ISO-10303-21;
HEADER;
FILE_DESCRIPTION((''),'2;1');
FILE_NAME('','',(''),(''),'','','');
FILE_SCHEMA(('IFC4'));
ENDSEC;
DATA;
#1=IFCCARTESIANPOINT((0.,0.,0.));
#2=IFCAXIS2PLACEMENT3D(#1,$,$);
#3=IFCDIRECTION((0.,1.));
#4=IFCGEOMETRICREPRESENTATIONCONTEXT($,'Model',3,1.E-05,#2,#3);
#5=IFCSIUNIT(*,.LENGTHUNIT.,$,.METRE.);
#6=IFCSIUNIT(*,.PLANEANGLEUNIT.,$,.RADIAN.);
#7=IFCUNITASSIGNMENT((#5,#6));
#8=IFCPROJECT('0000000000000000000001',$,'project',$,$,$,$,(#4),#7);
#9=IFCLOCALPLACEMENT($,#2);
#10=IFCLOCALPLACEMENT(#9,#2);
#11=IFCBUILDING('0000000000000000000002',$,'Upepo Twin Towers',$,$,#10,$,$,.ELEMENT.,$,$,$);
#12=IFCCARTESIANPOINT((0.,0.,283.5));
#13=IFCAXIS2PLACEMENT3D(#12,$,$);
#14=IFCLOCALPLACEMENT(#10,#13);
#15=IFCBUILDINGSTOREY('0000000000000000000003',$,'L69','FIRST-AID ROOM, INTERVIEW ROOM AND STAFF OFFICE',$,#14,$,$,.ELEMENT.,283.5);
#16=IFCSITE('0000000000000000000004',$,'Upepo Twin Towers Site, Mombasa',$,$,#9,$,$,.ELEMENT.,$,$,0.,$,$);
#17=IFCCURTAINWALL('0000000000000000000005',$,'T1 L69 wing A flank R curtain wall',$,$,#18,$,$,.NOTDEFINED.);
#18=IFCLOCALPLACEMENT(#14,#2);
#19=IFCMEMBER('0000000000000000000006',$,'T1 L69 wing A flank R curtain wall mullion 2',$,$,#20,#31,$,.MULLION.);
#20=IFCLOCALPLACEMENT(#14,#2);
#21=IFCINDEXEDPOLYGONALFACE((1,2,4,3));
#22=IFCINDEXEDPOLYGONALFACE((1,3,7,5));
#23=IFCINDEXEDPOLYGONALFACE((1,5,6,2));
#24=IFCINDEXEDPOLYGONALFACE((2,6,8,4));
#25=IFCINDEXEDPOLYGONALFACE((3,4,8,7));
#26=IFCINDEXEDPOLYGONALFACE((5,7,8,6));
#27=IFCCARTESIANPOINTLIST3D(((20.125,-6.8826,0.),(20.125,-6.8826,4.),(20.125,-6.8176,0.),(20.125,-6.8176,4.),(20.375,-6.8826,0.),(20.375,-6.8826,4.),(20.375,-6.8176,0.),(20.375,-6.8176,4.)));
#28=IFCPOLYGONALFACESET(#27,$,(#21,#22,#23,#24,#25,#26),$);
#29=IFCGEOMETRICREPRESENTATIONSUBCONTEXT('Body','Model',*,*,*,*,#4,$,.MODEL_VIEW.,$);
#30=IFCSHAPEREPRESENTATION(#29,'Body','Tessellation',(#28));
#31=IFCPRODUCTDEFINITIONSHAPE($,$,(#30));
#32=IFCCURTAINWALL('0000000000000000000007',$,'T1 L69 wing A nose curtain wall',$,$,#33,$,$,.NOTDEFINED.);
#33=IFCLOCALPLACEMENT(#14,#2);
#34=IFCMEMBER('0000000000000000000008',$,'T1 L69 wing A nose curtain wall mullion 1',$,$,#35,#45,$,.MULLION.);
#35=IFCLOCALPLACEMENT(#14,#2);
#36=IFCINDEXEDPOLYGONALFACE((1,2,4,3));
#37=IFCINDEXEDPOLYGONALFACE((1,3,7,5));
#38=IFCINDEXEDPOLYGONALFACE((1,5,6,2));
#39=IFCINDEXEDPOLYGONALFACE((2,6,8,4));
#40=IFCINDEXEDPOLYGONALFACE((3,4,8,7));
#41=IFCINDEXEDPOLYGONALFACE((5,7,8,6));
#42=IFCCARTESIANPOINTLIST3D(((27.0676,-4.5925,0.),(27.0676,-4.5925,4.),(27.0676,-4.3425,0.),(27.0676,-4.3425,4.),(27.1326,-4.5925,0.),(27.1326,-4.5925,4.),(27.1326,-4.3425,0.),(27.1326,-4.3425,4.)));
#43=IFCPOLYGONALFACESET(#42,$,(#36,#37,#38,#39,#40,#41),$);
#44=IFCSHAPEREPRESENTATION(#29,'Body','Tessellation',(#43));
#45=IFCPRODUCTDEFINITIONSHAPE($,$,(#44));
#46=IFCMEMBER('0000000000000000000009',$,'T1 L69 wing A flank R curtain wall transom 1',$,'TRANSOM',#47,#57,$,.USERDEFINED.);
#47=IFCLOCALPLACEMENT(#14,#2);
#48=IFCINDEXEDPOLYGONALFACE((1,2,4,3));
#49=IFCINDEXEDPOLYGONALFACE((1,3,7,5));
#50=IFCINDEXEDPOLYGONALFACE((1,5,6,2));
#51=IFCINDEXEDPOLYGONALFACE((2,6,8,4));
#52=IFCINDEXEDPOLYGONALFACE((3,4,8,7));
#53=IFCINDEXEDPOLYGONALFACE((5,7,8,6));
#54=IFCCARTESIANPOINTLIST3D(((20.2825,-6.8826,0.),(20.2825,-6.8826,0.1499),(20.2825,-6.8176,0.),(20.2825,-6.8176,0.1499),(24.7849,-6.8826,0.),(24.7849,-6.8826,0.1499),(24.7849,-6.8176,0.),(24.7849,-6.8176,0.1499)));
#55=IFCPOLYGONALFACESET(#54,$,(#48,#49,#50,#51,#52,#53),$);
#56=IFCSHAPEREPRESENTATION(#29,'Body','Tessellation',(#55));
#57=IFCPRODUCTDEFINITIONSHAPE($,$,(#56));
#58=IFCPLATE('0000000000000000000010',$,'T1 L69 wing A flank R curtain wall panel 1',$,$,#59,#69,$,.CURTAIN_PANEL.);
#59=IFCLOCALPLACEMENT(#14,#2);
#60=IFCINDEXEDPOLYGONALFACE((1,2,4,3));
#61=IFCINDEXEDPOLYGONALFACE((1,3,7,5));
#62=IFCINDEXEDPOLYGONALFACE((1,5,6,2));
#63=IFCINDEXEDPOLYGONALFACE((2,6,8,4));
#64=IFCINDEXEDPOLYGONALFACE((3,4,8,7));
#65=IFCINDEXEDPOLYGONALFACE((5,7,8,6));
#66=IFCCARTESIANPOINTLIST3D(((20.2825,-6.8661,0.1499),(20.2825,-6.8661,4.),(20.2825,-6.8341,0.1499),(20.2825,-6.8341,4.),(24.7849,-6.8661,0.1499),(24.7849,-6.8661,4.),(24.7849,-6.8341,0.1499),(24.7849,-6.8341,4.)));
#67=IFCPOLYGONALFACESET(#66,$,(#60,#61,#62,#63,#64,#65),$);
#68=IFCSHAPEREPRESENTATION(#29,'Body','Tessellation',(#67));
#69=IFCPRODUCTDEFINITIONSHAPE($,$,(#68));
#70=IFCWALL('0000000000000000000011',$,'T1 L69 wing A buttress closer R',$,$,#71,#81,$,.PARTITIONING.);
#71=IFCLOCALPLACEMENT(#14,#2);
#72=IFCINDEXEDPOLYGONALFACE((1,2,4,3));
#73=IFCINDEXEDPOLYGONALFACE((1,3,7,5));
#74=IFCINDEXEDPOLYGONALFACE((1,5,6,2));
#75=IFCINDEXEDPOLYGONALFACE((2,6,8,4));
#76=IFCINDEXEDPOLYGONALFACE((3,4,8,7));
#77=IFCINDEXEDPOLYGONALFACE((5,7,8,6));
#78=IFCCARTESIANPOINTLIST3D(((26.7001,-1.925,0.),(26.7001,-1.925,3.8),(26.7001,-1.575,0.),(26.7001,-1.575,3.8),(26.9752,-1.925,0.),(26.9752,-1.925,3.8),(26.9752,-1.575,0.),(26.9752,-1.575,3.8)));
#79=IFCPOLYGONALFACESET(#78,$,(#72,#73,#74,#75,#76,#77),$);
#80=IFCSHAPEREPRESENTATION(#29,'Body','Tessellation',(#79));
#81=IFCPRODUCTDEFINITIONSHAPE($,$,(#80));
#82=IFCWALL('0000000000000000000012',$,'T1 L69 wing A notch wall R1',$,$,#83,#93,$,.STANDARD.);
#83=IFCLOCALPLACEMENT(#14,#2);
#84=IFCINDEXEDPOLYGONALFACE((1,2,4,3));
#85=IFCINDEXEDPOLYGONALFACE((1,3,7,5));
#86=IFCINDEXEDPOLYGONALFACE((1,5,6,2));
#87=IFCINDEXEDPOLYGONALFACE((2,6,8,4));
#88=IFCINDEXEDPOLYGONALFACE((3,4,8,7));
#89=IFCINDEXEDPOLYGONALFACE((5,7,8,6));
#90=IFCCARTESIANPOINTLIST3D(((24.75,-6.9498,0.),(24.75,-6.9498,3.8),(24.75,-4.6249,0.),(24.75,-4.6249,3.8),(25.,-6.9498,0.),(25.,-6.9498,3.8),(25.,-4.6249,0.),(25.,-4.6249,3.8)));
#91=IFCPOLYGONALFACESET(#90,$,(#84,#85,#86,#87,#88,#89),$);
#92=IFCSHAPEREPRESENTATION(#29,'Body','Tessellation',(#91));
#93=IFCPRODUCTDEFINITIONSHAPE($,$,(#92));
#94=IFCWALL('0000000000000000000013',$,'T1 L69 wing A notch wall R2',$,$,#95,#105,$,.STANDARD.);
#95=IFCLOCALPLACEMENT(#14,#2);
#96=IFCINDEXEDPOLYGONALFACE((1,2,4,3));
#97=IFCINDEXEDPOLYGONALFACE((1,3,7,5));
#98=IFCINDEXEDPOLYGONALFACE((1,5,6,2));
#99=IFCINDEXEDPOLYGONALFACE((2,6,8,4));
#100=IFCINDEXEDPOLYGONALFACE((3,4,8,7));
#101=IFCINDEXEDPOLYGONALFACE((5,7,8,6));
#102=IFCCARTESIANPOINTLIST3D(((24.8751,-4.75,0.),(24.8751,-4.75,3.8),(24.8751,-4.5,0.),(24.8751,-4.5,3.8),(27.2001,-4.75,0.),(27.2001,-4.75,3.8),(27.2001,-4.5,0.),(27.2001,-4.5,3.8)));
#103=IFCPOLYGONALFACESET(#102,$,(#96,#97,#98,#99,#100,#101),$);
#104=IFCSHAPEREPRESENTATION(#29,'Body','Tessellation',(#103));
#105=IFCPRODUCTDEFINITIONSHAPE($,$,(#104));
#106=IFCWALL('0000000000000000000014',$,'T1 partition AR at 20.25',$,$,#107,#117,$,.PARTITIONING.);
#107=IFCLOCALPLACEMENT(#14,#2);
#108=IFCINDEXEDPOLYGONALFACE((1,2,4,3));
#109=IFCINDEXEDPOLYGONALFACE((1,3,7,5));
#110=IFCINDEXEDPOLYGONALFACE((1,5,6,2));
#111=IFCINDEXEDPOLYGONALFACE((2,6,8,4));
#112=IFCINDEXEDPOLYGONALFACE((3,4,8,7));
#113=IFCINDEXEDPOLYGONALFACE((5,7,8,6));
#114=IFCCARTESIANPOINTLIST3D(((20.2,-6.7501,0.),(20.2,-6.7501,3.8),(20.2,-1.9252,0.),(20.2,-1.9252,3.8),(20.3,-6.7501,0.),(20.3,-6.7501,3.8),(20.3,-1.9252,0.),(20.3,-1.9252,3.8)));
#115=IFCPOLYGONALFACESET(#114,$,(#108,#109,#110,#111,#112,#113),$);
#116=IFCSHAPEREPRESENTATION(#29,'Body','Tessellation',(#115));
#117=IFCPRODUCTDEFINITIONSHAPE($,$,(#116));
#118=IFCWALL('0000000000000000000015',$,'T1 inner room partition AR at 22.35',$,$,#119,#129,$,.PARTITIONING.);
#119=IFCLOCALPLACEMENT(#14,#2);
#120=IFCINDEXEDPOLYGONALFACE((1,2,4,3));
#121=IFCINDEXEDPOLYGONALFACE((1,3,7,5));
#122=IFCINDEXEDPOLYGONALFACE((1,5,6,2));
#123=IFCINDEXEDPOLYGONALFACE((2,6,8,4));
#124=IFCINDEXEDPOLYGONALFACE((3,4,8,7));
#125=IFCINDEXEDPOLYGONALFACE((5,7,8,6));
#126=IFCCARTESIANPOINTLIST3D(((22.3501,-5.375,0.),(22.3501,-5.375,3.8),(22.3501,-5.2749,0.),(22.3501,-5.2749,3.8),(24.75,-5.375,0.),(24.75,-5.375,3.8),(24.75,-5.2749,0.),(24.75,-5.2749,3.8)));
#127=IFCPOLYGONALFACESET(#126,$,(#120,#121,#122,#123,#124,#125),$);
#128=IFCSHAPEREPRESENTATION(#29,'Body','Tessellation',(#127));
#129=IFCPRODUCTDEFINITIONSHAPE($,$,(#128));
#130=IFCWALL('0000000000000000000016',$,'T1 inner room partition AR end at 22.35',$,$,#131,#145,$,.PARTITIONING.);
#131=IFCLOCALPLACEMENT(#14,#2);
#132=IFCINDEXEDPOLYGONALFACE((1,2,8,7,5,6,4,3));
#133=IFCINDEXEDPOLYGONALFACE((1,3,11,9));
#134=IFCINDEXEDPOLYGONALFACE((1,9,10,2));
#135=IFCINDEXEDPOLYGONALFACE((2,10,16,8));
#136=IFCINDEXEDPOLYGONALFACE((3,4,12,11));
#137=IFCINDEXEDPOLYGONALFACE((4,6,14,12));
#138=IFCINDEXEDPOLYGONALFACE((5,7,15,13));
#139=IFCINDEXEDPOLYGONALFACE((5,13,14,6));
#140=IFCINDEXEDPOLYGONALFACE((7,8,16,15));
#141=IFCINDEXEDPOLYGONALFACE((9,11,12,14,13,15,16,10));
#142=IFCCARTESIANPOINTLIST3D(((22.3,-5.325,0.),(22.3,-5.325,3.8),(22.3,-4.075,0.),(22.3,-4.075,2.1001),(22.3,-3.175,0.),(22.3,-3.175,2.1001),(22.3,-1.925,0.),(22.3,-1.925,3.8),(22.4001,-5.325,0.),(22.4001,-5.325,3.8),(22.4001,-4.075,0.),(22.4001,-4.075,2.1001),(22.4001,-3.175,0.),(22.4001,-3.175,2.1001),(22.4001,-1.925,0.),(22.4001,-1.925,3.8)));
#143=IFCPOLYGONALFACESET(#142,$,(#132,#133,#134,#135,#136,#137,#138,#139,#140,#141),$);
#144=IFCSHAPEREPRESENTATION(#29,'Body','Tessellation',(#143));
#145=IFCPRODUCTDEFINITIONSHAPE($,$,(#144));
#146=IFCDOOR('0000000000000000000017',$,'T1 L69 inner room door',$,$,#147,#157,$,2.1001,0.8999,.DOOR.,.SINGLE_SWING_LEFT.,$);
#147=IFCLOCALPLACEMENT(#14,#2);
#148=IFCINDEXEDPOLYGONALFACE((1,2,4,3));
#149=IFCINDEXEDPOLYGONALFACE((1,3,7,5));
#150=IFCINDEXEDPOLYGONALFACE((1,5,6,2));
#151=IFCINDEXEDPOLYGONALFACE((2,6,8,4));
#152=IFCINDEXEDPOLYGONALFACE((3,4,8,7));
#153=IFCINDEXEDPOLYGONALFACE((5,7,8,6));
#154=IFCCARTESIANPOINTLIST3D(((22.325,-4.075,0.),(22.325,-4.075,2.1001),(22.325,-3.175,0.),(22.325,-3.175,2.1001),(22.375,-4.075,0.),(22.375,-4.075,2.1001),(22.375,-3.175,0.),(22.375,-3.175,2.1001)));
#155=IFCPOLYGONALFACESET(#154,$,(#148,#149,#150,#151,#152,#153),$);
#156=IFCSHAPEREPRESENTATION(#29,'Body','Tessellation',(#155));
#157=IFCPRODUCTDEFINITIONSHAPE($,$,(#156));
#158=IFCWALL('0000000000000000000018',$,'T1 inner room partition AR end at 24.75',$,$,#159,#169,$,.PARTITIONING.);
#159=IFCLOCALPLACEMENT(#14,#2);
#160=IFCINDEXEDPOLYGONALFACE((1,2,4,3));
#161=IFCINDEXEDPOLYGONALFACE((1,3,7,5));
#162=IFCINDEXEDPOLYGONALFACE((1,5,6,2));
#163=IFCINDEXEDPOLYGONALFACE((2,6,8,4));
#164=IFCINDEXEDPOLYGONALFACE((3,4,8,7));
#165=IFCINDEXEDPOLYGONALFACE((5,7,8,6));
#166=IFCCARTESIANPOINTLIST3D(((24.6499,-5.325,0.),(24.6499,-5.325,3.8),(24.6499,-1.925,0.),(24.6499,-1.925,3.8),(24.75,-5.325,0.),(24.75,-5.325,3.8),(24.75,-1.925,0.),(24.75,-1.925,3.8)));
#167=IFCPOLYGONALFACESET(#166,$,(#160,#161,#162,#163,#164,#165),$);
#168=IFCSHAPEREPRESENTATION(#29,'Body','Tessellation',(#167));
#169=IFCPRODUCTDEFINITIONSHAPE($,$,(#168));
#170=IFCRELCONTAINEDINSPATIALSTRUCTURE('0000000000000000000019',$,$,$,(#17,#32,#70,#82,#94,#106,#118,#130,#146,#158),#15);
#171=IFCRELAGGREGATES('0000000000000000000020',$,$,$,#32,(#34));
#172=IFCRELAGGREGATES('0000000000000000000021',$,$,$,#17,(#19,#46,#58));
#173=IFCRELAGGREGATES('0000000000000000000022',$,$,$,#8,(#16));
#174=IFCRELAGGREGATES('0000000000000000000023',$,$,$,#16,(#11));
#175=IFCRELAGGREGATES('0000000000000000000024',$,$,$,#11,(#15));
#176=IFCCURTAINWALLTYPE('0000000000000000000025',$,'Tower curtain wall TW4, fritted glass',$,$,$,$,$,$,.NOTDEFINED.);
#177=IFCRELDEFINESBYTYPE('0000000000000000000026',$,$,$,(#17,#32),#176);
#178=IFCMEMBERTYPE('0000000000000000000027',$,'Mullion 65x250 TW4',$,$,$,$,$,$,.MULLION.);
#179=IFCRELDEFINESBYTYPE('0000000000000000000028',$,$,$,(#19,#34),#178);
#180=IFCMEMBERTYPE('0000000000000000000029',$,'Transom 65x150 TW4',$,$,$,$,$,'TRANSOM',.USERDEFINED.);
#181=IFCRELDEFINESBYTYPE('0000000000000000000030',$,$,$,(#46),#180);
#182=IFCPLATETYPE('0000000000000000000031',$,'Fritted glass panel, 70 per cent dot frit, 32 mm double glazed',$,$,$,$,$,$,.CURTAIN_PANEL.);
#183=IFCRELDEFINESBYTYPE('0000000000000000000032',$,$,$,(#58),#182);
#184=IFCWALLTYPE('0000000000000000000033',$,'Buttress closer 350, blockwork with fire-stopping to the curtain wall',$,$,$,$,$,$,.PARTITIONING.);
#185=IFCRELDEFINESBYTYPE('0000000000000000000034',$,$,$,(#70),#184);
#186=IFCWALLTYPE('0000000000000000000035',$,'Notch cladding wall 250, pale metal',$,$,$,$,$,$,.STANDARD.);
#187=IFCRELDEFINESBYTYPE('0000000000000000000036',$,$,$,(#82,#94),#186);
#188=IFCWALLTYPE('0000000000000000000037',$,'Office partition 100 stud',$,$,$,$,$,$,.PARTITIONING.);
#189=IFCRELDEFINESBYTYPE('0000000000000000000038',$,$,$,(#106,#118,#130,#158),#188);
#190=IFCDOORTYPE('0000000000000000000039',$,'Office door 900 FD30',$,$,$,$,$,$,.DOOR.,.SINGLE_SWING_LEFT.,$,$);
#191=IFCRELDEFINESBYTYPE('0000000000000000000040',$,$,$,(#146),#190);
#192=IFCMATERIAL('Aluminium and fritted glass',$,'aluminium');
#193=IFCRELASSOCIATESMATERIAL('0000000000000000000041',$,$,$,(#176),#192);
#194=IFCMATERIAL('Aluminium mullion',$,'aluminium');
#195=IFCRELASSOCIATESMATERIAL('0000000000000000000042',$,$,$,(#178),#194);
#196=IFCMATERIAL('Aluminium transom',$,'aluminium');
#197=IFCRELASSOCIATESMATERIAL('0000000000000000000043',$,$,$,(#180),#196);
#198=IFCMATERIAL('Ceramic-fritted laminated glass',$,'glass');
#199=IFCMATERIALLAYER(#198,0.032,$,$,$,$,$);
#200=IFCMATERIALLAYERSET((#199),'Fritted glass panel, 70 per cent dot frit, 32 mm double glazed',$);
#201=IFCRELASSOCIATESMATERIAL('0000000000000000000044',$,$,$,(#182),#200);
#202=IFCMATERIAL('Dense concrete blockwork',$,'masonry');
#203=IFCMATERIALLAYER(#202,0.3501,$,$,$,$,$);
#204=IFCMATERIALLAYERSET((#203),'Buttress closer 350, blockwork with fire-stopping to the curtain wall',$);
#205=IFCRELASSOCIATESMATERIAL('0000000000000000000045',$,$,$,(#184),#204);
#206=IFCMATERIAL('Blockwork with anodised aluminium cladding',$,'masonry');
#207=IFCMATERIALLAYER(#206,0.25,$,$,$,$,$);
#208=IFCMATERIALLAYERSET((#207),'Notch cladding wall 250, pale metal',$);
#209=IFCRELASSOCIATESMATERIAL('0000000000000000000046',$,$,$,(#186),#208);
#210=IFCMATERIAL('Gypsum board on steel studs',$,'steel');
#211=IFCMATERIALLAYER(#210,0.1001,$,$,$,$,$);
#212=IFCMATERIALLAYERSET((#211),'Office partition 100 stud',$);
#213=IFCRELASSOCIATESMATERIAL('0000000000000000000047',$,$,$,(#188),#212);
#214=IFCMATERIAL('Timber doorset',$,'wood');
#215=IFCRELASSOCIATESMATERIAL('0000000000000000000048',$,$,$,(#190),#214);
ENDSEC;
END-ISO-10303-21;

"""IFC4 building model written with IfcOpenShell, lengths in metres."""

from ifc_helpers import new_model, si_unit, direction, frame, frame_2d, origin, origin_2d, place, context, subcontext, project, spatial, rectangle, extrude, material, layer, layer_set, material_profile, profile_set, type_object, element, fill, aggregate, save


model = new_model("IFC4")

# Units and contexts
model_context = context("Model", 3, precision=1e-05, world=origin(), true_north=direction((0.0, 1.0)))
body_context = subcontext(model_context, "Body", "Model", "MODEL_VIEW")
ifc_project = project(units=[si_unit("LENGTHUNIT", "METRE"), si_unit("PLANEANGLEUNIT", "RADIAN")], contexts=[model_context])

# Site, building, storey
site_placement = place(None, origin())
site = spatial("IfcSite", under=ifc_project, at=site_placement, Name="Upepo Twin Towers Site, Mombasa", CompositionType="ELEMENT", RefElevation=0.0)
building_placement = place(site_placement, origin())
building = spatial("IfcBuilding", under=site, at=building_placement, Name="Upepo Twin Towers", CompositionType="ELEMENT")
storey_placement = place(building_placement, frame((0.0, 0.0, 283.5)))
storey = spatial("IfcBuildingStorey", under=building, at=storey_placement, Name="L69", Description="FIRST-AID ROOM, INTERVIEW ROOM AND STAFF OFFICE", CompositionType="ELEMENT", Elevation=283.5)

# Curtain wall, member
ifc_material_1 = material(Name="Aluminium and fritted glass", Category="aluminium")
curtain_wall_type = type_object("IfcCurtainWallType", Name="Tower curtain wall TW4, fritted glass", PredefinedType="NOTDEFINED", material=ifc_material_1)
curtain_wall_1_placement = place(storey_placement, origin())
curtain_wall_1 = element("IfcCurtainWall", 1, at=curtain_wall_1_placement, inside=storey, type_object=curtain_wall_type, Name="T1 L69 wing A flank R curtain wall", PredefinedType="NOTDEFINED")
ifc_material_2 = material(Name="Aluminium mullion", Category="aluminium")
ifc_material_profile_1 = material_profile(ifc_material_2, rectangle(XDim=0.0649, YDim=0.25, at=origin_2d()), Name="MULLION 65x250")
ifc_profile_set_1 = profile_set([ifc_material_profile_1], Name="Aluminium mullion")
member_type_1 = type_object("IfcMemberType", Name="Mullion 65x250 TW4", PredefinedType="MULLION", material=ifc_profile_set_1)
member_1_placement = place(storey_placement, frame((20.25, -6.8501, 0.0), z_axis=(0.0, 0.0, 1.0), x_axis=(0.0, -1.0, 0.0)))
member_1 = element("IfcMember", 2, at=member_1_placement, type_object=member_type_1, Name="T1 L69 wing A flank R curtain wall mullion 2", PredefinedType="MULLION", context=body_context, shape_type="SweptSolid", body=[
    extrude(rectangle(XDim=0.0649, YDim=0.25, at=origin_2d()), origin(), (0.0, 0.0, 1.0), 4.0),
])

# Curtain wall, member
curtain_wall_2_placement = place(storey_placement, origin())
curtain_wall_2 = element("IfcCurtainWall", 3, at=curtain_wall_2_placement, inside=storey, type_object=curtain_wall_type, Name="T1 L69 wing A nose curtain wall", PredefinedType="NOTDEFINED")
member_2_placement = place(storey_placement, frame((27.1001, -4.4675, 0.0), z_axis=(0.0, 0.0, 1.0), x_axis=(-1.0, 0.0, 0.0)))
member_2 = element("IfcMember", 4, at=member_2_placement, type_object=member_type_1, Name="T1 L69 wing A nose curtain wall mullion 1", PredefinedType="MULLION", context=body_context, shape_type="SweptSolid", body=[
    extrude(rectangle(XDim=0.0649, YDim=0.25, at=origin_2d()), origin(), (0.0, 0.0, 1.0), 4.0),
])
aggregate(curtain_wall_2, [member_2])

# Member
ifc_material_3 = material(Name="Aluminium transom", Category="aluminium")
ifc_material_profile_2 = material_profile(ifc_material_3, rectangle(XDim=0.0649, YDim=0.1499, at=origin_2d()), Name="TRANSOM 65x150")
ifc_profile_set_2 = profile_set([ifc_material_profile_2], Name="Aluminium transom")
member_type_2 = type_object("IfcMemberType", Name="Transom 65x150 TW4", ElementType="TRANSOM", PredefinedType="USERDEFINED", material=ifc_profile_set_2)
member_3_placement = place(storey_placement, frame((24.7849, -6.8501, 0.075), z_axis=(-1.0, 0.0, 0.0), x_axis=(0.0, -1.0, 0.0)))
member_3 = element("IfcMember", 5, at=member_3_placement, type_object=member_type_2, Name="T1 L69 wing A flank R curtain wall transom 1", ObjectType="TRANSOM", PredefinedType="USERDEFINED", context=body_context, shape_type="SweptSolid", body=[
    extrude(rectangle(XDim=0.0649, YDim=0.1499, at=origin_2d()), origin(), (0.0, 0.0, 1.0), 4.5024),
])

# Plate
ifc_material_4 = material(Name="Ceramic-fritted laminated glass", Category="glass")
ifc_layer_1 = layer(ifc_material_4, 0.032)
ifc_layer_set_1 = layer_set([ifc_layer_1], Name="Fritted glass panel, 70 per cent dot frit, 32 mm double glazed")
plate_type = type_object("IfcPlateType", Name="Fritted glass panel, 70 per cent dot frit, 32 mm double glazed", PredefinedType="CURTAIN_PANEL", material=ifc_layer_set_1)
plate_placement = place(storey_placement, frame((22.5337, -6.8501, 0.1499), z_axis=(0.0, 0.0, 1.0), x_axis=(-1.0, 0.0, 0.0)))
plate = element("IfcPlate", 6, at=plate_placement, type_object=plate_type, Name="T1 L69 wing A flank R curtain wall panel 1", PredefinedType="CURTAIN_PANEL", context=body_context, shape_type="SweptSolid", body=[
    extrude(rectangle(XDim=4.5024, YDim=0.032, at=origin_2d()), origin(), (0.0, 0.0, 1.0), 3.8501),
])
aggregate(curtain_wall_1, [member_1, member_3, plate])

# Walls
ifc_material_5 = material(Name="Dense concrete blockwork", Category="masonry")
ifc_layer_2 = layer(ifc_material_5, 0.3501)
ifc_layer_set_2 = layer_set([ifc_layer_2], Name="Buttress closer 350, blockwork with fire-stopping to the curtain wall")
wall_type_1 = type_object("IfcWallType", Name="Buttress closer 350, blockwork with fire-stopping to the curtain wall", PredefinedType="PARTITIONING", material=ifc_layer_set_2)
wall_1_placement = place(storey_placement, frame((26.7, -1.75, 0.0), z_axis=(0.0, 0.0, 1.0), x_axis=(1.0, 0.0, 0.0)))
element("IfcWall", 7, at=wall_1_placement, inside=storey, type_object=wall_type_1, Name="T1 L69 wing A buttress closer R", PredefinedType="PARTITIONING", context=body_context, shape_type="SweptSolid", body=[
    extrude(rectangle(XDim=0.2751, YDim=0.3501, at=frame_2d((0.1377, 0.0))), origin(), (0.0, 0.0, 1.0), 3.8),
])
ifc_material_6 = material(Name="Blockwork with anodised aluminium cladding", Category="masonry")
ifc_layer_3 = layer(ifc_material_6, 0.25)
ifc_layer_set_3 = layer_set([ifc_layer_3], Name="Notch cladding wall 250, pale metal")
wall_type_2 = type_object("IfcWallType", Name="Notch cladding wall 250, pale metal", PredefinedType="STANDARD", material=ifc_layer_set_3)
for number, where, z_axis, x_axis, name in (
    (8, (24.875, -6.95, 0.0), (0.0, 0.0, 1.0), (0.0, 1.0, 0.0), "T1 L69 wing A notch wall R1"),
    (9, (24.875, -4.625, 0.0), (0.0, 0.0, 1.0), (1.0, 0.0, 0.0), "T1 L69 wing A notch wall R2"),
):
    element("IfcWall", number, at=place(storey_placement, frame(where, z_axis=z_axis, x_axis=x_axis)), inside=storey, type_object=wall_type_2, Name=name, PredefinedType="STANDARD", context=body_context, shape_type="SweptSolid", body=[
        extrude(rectangle(XDim=2.325, YDim=0.25, at=frame_2d((1.1626, 0.0))), origin(), (0.0, 0.0, 1.0), 3.8),
    ])
ifc_material_7 = material(Name="Gypsum board on steel studs", Category="steel")
ifc_layer_4 = layer(ifc_material_7, 0.1001)
ifc_layer_set_4 = layer_set([ifc_layer_4], Name="Office partition 100 stud")
wall_type_3 = type_object("IfcWallType", Name="Office partition 100 stud", PredefinedType="PARTITIONING", material=ifc_layer_set_4)
wall_2_placement = place(storey_placement, frame((20.25, -1.925, 0.0), z_axis=(0.0, 0.0, 1.0), x_axis=(0.0, -1.0, 0.0)))
element("IfcWall", 10, at=wall_2_placement, inside=storey, type_object=wall_type_3, Name="T1 partition AR at 20.25", PredefinedType="PARTITIONING", context=body_context, shape_type="SweptSolid", body=[
    extrude(rectangle(XDim=4.825, YDim=0.1001, at=frame_2d((2.4126, 0.0))), origin(), (0.0, 0.0, 1.0), 3.8),
])
wall_3_placement = place(storey_placement, frame((22.3501, -5.325, 0.0), z_axis=(0.0, 0.0, 1.0), x_axis=(1.0, 0.0, 0.0)))
element("IfcWall", 11, at=wall_3_placement, inside=storey, type_object=wall_type_3, Name="T1 inner room partition AR at 22.35", PredefinedType="PARTITIONING", context=body_context, shape_type="SweptSolid", body=[
    extrude(rectangle(XDim=2.3999, YDim=0.1001, at=frame_2d((1.2, 0.0))), origin(), (0.0, 0.0, 1.0), 3.8),
])

# Wall, opening, door
wall_4_placement = place(storey_placement, frame((22.3501, -1.925, 0.0), z_axis=(0.0, 0.0, 1.0), x_axis=(0.0, -1.0, 0.0)))
wall_4 = element("IfcWall", 12, at=wall_4_placement, inside=storey, type_object=wall_type_3, Name="T1 inner room partition AR end at 22.35", PredefinedType="PARTITIONING", context=body_context, shape_type="SweptSolid", body=[
    extrude(rectangle(XDim=3.3999, YDim=0.1001, at=frame_2d((1.7, 0.0))), origin(), (0.0, 0.0, 1.0), 3.8),
])
opening_placement = place(wall_4_placement, frame((1.25, 0.0, 0.0)))
opening = element("IfcOpeningElement", 13, at=opening_placement, cuts=wall_4, PredefinedType="OPENING", context=body_context, shape_type="SweptSolid", body=[
    extrude(rectangle(XDim=0.8999, YDim=2.1001, at=frame_2d((0.45, 1.05))), frame((0.0, 0.0601, 0.0), z_axis=(0.0, -1.0, 0.0), x_axis=(1.0, 0.0, 0.0)), (0.0, 0.0, 1.0), 0.1201),
])
ifc_material_8 = material(Name="Timber doorset", Category="wood")
door_type = type_object("IfcDoorType", Name="Office door 900 FD30", OperationType="SINGLE_SWING_LEFT", PredefinedType="DOOR", material=ifc_material_8)
door_placement = place(opening_placement, origin())
door = element("IfcDoor", 14, at=door_placement, inside=storey, type_object=door_type, Name="T1 L69 inner room door", OperationType="SINGLE_SWING_LEFT", OverallHeight=2.1001, OverallWidth=0.8999, PredefinedType="DOOR", context=body_context, shape_type="SweptSolid", body=[
    extrude(rectangle(XDim=0.8999, YDim=2.1001, at=frame_2d((0.45, 1.05))), frame((0.0, 0.0249, 0.0), z_axis=(0.0, -1.0, 0.0), x_axis=(1.0, 0.0, 0.0)), (0.0, 0.0, 1.0), 0.05),
])
fill(opening, door)

# Wall
wall_5_placement = place(storey_placement, frame((24.7, -1.925, 0.0), z_axis=(0.0, 0.0, 1.0), x_axis=(0.0, -1.0, 0.0)))
element("IfcWall", 15, at=wall_5_placement, inside=storey, type_object=wall_type_3, Name="T1 inner room partition AR end at 24.75", PredefinedType="PARTITIONING", context=body_context, shape_type="SweptSolid", body=[
    extrude(rectangle(XDim=3.3999, YDim=0.1001, at=frame_2d((1.7, 0.0))), origin(), (0.0, 0.0, 1.0), 3.8),
])

save(model, "model.ifc")
